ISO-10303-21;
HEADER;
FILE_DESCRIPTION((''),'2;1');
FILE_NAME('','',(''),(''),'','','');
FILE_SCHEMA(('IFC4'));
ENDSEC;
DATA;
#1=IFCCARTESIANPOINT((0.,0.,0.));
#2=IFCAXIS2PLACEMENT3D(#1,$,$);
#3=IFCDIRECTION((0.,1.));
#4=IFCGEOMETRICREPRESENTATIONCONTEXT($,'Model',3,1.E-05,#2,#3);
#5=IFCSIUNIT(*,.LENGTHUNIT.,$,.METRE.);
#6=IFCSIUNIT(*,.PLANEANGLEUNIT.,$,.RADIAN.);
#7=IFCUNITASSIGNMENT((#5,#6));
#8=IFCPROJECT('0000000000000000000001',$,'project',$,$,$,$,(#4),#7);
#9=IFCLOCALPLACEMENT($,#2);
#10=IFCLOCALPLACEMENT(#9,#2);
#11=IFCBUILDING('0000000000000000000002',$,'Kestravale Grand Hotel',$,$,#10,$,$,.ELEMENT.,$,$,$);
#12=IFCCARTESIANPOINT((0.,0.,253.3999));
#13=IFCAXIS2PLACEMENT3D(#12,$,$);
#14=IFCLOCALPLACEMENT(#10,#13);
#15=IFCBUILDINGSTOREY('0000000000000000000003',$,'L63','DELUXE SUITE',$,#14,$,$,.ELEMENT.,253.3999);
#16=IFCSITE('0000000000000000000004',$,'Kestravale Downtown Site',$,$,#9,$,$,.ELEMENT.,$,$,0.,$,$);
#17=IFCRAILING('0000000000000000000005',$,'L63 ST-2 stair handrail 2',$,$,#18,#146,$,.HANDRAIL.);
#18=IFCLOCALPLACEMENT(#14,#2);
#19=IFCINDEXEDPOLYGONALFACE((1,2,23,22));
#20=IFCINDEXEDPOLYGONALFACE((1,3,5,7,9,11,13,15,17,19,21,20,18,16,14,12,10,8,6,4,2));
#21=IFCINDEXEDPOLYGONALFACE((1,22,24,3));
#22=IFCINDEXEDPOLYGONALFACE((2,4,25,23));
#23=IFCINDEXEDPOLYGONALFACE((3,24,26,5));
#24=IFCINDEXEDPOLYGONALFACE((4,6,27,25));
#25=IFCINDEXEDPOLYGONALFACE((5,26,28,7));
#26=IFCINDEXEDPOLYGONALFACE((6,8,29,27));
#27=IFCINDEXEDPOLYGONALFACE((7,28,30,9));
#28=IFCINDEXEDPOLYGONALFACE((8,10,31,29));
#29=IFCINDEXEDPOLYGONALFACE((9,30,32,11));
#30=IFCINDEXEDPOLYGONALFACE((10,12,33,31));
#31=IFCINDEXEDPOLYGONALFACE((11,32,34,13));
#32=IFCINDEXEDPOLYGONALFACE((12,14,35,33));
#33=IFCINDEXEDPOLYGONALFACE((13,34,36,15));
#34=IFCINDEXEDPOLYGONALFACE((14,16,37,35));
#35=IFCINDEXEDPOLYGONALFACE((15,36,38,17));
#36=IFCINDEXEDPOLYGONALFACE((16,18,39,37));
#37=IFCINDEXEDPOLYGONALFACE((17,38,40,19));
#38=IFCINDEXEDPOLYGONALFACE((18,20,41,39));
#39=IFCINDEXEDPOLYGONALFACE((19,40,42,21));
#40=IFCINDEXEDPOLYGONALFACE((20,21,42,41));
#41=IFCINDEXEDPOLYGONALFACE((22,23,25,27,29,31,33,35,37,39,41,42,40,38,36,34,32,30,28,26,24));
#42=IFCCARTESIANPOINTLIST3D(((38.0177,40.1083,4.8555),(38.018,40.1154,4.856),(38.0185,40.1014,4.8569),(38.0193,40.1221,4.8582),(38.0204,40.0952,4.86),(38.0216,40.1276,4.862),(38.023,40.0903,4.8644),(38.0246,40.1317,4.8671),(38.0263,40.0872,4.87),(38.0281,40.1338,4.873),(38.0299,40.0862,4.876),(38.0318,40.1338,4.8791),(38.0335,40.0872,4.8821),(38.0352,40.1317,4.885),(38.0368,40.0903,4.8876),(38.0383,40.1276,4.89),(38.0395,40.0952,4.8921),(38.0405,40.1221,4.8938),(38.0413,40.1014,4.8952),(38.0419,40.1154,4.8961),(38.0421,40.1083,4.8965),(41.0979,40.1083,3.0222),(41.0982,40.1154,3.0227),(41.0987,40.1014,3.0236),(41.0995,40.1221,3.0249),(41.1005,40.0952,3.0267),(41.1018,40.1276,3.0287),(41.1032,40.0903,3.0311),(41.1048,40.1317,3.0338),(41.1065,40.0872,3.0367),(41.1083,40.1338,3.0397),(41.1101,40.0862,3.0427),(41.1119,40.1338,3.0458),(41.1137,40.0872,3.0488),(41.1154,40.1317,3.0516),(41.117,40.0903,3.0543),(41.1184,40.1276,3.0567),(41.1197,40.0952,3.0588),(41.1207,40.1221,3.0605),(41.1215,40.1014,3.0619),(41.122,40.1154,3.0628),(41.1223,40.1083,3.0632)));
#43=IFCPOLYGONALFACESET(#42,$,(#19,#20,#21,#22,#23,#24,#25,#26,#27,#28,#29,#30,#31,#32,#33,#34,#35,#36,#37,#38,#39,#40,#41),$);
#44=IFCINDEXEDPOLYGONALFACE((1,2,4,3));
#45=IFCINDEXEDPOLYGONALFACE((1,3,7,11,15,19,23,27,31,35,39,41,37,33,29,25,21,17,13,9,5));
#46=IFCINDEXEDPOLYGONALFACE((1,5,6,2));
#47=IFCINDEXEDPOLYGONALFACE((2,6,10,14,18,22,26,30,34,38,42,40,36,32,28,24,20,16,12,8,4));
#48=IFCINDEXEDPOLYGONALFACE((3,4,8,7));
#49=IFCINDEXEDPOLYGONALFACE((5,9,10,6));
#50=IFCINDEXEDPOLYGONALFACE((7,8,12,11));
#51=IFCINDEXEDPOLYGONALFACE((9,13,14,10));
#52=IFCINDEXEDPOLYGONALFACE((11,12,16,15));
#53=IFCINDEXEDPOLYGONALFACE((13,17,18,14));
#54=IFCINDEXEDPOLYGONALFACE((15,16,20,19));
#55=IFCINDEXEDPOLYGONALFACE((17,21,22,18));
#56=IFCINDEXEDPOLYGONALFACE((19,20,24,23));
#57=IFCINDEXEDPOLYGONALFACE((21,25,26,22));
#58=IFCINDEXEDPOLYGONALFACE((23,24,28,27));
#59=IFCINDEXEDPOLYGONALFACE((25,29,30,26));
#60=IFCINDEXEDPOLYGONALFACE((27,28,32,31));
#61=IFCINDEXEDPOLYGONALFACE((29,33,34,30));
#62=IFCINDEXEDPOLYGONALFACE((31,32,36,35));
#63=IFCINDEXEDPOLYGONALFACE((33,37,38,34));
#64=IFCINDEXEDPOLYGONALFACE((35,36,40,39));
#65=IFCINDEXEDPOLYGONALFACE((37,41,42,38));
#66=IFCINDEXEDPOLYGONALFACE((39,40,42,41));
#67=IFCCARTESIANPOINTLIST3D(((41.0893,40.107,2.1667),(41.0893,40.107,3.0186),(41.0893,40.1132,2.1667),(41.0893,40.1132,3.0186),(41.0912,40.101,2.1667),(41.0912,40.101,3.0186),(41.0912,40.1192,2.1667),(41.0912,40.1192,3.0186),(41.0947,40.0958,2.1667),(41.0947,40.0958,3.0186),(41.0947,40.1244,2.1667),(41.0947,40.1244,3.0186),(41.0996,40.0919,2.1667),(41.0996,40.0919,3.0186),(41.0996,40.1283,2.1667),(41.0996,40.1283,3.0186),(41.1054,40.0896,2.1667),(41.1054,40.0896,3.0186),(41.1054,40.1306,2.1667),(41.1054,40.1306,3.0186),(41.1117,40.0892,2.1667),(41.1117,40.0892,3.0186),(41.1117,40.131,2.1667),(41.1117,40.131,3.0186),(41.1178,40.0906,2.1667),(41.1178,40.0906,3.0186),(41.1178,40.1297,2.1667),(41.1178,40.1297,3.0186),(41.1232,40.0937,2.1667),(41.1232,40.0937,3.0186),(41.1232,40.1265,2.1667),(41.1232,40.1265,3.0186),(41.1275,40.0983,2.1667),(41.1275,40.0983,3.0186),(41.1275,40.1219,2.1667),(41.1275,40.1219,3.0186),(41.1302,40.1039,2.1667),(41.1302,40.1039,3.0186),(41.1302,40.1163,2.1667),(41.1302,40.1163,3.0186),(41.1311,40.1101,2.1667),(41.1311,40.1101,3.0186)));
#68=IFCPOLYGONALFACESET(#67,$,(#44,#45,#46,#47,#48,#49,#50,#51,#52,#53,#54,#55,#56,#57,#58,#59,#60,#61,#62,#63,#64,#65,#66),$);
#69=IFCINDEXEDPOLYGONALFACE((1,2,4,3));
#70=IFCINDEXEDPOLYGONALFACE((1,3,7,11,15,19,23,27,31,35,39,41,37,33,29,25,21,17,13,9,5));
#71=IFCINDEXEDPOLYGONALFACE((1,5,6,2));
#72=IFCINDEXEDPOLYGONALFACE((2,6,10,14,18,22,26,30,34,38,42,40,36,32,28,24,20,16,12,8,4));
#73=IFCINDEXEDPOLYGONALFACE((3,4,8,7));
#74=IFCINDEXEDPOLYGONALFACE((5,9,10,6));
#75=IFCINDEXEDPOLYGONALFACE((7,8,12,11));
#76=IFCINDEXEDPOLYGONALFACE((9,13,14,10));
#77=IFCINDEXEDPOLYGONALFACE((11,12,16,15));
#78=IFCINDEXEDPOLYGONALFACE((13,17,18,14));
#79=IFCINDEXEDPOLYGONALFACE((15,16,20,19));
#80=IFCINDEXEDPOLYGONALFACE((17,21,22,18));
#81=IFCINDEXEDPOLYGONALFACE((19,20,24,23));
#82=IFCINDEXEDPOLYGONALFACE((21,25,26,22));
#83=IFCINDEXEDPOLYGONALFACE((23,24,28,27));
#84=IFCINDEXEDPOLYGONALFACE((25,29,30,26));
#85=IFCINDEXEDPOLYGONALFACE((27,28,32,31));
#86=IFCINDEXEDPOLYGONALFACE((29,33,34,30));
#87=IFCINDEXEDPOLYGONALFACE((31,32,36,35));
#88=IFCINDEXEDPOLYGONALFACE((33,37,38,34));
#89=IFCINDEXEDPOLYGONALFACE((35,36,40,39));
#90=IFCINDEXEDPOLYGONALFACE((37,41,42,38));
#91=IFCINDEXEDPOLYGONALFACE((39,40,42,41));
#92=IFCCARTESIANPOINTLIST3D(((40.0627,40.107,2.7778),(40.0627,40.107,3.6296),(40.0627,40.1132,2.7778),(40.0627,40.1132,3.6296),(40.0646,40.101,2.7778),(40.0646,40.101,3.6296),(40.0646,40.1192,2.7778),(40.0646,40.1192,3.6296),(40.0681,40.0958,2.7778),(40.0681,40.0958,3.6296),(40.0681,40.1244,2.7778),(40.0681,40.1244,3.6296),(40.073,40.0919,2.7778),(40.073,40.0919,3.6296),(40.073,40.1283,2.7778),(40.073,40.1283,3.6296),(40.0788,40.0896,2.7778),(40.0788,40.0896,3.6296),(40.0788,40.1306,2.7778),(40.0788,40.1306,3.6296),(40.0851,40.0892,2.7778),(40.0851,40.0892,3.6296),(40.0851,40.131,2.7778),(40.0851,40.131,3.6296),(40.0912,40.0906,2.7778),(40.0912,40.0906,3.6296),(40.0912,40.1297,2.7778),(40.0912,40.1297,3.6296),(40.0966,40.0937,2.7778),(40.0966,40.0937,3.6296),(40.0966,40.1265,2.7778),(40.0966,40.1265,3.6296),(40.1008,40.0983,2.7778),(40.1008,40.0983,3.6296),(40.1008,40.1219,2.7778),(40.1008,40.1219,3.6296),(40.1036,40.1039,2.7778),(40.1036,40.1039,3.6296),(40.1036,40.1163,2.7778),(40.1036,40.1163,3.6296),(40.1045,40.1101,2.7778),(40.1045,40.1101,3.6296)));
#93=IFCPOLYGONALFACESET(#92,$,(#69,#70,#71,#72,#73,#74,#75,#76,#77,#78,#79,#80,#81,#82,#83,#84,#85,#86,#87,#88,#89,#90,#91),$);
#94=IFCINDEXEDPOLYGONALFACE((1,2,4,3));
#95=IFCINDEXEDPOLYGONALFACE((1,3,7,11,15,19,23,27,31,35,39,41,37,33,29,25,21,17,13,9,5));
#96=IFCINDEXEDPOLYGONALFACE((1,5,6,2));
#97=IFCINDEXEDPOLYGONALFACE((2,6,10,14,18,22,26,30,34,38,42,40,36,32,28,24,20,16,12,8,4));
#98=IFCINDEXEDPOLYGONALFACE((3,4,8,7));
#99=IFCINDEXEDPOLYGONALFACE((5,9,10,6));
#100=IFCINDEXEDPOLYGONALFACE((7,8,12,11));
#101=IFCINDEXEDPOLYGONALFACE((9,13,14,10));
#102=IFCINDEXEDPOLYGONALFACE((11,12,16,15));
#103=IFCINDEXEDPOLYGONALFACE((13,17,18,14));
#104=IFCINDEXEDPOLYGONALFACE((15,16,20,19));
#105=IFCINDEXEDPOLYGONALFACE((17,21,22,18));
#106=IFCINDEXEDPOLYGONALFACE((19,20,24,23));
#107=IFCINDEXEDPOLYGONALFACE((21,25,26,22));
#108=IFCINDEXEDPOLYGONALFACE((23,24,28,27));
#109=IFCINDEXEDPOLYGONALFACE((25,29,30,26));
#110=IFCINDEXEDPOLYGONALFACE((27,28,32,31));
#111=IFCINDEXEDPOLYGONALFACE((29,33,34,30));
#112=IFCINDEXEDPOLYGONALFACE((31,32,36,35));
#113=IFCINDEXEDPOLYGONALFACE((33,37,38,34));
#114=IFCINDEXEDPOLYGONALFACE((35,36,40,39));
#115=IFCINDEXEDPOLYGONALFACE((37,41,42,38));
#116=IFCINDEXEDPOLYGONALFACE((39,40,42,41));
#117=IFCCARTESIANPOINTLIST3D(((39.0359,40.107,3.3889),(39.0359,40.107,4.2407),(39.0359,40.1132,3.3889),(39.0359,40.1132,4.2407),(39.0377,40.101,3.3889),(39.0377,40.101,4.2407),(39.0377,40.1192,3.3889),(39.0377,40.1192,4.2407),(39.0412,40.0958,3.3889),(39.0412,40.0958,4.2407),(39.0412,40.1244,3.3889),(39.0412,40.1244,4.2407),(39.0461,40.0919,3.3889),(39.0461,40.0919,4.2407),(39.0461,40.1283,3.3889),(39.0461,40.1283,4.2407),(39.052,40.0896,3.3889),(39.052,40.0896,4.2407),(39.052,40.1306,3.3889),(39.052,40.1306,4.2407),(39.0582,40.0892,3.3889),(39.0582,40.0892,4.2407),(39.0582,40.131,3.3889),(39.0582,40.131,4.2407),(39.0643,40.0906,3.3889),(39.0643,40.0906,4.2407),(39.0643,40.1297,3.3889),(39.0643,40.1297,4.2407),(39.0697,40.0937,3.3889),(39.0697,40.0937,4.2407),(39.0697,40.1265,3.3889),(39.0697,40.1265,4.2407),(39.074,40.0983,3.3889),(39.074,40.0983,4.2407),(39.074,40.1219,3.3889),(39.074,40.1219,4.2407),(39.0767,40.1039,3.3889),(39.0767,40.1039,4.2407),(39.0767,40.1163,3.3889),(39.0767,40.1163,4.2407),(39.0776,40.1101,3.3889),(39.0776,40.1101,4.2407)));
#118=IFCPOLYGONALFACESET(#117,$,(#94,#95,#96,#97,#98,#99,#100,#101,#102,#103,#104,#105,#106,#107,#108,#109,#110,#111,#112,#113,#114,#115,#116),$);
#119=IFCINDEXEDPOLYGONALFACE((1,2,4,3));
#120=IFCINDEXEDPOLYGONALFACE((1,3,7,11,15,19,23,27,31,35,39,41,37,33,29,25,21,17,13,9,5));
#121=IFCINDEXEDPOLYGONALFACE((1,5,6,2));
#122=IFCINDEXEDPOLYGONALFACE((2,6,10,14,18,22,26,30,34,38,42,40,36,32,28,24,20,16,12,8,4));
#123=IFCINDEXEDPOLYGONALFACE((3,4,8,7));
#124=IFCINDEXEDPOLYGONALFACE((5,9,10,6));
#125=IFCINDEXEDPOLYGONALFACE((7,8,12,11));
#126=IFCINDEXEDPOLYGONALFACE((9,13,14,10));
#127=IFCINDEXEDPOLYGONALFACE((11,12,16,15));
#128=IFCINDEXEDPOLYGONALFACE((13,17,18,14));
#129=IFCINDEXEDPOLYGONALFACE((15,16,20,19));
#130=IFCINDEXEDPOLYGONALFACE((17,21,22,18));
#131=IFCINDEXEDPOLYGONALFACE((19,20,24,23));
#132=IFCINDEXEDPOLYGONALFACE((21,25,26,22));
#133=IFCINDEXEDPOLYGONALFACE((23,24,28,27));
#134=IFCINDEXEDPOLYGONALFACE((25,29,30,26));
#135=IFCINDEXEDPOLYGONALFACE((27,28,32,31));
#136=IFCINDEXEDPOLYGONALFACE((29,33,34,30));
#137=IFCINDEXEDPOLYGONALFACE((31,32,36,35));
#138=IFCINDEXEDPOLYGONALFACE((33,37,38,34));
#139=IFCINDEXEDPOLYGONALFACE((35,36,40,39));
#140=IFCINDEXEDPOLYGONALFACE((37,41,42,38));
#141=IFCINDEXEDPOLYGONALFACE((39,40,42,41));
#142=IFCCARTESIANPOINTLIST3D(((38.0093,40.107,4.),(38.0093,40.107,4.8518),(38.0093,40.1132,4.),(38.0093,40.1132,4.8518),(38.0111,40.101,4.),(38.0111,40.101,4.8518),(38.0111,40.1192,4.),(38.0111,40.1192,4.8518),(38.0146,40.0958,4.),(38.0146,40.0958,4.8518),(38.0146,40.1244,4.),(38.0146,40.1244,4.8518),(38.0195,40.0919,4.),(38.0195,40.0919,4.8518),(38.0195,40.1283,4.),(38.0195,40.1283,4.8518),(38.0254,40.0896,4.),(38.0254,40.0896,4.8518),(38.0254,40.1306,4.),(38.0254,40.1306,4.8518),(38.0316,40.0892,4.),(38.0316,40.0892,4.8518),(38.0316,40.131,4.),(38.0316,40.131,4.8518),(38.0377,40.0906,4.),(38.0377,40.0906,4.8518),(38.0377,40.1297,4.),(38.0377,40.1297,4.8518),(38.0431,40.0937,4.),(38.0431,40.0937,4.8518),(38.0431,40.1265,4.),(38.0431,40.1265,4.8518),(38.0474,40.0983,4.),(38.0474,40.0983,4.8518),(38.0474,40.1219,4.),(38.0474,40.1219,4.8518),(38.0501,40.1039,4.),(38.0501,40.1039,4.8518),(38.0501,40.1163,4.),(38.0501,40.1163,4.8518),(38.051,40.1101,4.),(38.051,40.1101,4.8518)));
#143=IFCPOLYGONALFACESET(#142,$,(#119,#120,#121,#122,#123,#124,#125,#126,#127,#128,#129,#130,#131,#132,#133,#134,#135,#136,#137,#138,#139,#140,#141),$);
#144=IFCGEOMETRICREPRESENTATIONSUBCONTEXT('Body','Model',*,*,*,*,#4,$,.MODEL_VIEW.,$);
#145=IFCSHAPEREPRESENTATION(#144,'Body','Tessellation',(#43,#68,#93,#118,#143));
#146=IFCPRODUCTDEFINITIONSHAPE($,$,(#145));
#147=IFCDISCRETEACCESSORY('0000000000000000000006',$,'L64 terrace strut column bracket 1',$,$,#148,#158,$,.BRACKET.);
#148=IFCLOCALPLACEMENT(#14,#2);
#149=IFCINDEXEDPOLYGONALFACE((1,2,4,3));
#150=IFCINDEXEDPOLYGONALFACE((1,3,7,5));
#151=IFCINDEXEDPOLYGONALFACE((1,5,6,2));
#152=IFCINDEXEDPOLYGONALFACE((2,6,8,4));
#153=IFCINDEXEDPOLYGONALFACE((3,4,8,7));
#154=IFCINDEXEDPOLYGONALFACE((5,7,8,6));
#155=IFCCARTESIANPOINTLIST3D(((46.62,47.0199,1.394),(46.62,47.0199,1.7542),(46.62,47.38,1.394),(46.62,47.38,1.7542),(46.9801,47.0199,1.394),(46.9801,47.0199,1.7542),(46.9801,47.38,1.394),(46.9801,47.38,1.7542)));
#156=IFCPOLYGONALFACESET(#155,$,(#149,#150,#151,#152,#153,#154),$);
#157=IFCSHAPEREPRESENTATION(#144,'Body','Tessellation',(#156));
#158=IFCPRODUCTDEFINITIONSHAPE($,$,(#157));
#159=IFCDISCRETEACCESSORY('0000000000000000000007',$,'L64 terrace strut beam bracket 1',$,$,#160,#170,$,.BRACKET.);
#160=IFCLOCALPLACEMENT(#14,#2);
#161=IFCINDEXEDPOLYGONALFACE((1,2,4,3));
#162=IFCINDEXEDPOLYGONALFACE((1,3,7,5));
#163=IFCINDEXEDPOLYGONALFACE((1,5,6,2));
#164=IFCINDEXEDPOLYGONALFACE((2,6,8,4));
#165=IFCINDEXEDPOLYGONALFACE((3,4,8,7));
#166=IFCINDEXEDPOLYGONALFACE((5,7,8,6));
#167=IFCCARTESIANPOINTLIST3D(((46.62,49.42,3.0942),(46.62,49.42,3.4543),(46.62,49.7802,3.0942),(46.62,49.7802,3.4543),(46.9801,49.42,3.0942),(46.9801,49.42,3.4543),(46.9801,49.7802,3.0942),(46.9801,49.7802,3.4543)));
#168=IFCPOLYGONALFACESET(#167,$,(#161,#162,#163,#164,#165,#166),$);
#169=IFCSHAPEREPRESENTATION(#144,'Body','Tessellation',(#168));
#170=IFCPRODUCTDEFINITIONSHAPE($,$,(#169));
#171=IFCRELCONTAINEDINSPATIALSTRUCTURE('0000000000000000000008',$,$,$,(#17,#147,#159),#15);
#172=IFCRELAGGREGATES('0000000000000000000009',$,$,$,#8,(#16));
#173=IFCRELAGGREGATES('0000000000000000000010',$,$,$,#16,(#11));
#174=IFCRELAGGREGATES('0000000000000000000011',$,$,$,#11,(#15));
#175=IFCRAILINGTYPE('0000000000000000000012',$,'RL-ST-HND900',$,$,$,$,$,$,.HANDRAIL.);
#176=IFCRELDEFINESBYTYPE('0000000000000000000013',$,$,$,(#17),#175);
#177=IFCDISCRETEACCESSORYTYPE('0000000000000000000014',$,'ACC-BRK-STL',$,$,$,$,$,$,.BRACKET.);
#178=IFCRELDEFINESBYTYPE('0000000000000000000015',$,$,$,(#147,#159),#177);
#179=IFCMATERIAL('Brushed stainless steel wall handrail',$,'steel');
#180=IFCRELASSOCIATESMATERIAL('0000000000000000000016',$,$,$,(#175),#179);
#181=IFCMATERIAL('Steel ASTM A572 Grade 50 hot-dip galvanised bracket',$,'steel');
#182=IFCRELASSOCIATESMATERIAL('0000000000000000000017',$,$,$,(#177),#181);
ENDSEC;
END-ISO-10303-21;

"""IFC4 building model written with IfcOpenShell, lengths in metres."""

from ifc_helpers import new_model, si_unit, direction, frame, origin, origin_2d, place, context, subcontext, project, spatial, rectangle, circle, extrude, material, type_object, element, save


model = new_model("IFC4")

# Units and contexts
model_context = context("Model", 3, precision=1e-05, world=origin(), true_north=direction((0.0, 1.0)))
body_context = subcontext(model_context, "Body", "Model", "MODEL_VIEW")
ifc_project = project(units=[si_unit("LENGTHUNIT", "METRE"), si_unit("PLANEANGLEUNIT", "RADIAN")], contexts=[model_context])

# Site, building, storey
site_placement = place(None, origin())
site = spatial("IfcSite", under=ifc_project, at=site_placement, Name="Kestravale Downtown Site", CompositionType="ELEMENT", RefElevation=0.0)
building_placement = place(site_placement, origin())
building = spatial("IfcBuilding", under=site, at=building_placement, Name="Kestravale Grand Hotel", CompositionType="ELEMENT")
storey_placement = place(building_placement, frame((0.0, 0.0, 253.3999)))
storey = spatial("IfcBuildingStorey", under=building, at=storey_placement, Name="L63", Description="DELUXE SUITE", CompositionType="ELEMENT", Elevation=253.3999)

# Railing
ifc_material_1 = material(Name="Brushed stainless steel wall handrail", Category="steel")
railing_type_1 = type_object("IfcRailingType", Name="RL-ST-HND900", PredefinedType="HANDRAIL", material=ifc_material_1)
railing_1_placement = place(storey_placement, frame((41.1101, 40.1101, 2.1667)))
element("IfcRailing", 1, at=railing_1_placement, inside=storey, type_object=railing_type_1, Name="L63 ST-2 stair handrail 2", PredefinedType="HANDRAIL", context=body_context, shape_type="SweptSolid", body=[
    extrude(circle(Radius=0.0239, at=origin_2d()), frame((0.0, 0.0, 0.876), z_axis=(-0.859309, 0.0, 0.511458), x_axis=(0.0, -1.0, 0.0)), (0.0, 0.0, 1.0), 3.5845),
    extrude(circle(Radius=0.021, at=origin_2d()), origin(), (0.0, 0.0, 1.0), 0.8518),
    extrude(circle(Radius=0.021, at=origin_2d()), frame((-1.0266, 0.0, 0.6111)), (0.0, 0.0, 1.0), 0.8518),
    extrude(circle(Radius=0.021, at=origin_2d()), frame((-2.0535, 0.0, 1.2222)), (0.0, 0.0, 1.0), 0.8518),
    extrude(circle(Radius=0.021, at=origin_2d()), frame((-3.0801, 0.0, 1.8333)), (0.0, 0.0, 1.0), 0.8518),
])

# Discrete accessories
ifc_material_2 = material(Name="Steel ASTM A572 Grade 50 hot-dip galvanised bracket", Category="steel")
discrete_accessory_type = type_object("IfcDiscreteAccessoryType", Name="ACC-BRK-STL", PredefinedType="BRACKET", material=ifc_material_2)
for number, where, z_axis, x_axis, name in (
    (2, (46.8, 47.2, 1.394), (0.0, 0.0, 1.0), (1.0, 0.0, 0.0), "L64 terrace strut column bracket 1"),
    (3, (46.8, 49.6001, 3.0942), (0.0, 0.0, 1.0), (1.0, 0.0, 0.0), "L64 terrace strut beam bracket 1"),
):
    element("IfcDiscreteAccessory", number, at=place(storey_placement, frame(where, z_axis=z_axis, x_axis=x_axis)), inside=storey, type_object=discrete_accessory_type, Name=name, PredefinedType="BRACKET", context=body_context, shape_type="SweptSolid", body=[
        extrude(rectangle(XDim=0.3601, YDim=0.3601, at=origin_2d()), origin(), (0.0, 0.0, 1.0), 0.3601),
    ])

save(model, "model.ifc")
